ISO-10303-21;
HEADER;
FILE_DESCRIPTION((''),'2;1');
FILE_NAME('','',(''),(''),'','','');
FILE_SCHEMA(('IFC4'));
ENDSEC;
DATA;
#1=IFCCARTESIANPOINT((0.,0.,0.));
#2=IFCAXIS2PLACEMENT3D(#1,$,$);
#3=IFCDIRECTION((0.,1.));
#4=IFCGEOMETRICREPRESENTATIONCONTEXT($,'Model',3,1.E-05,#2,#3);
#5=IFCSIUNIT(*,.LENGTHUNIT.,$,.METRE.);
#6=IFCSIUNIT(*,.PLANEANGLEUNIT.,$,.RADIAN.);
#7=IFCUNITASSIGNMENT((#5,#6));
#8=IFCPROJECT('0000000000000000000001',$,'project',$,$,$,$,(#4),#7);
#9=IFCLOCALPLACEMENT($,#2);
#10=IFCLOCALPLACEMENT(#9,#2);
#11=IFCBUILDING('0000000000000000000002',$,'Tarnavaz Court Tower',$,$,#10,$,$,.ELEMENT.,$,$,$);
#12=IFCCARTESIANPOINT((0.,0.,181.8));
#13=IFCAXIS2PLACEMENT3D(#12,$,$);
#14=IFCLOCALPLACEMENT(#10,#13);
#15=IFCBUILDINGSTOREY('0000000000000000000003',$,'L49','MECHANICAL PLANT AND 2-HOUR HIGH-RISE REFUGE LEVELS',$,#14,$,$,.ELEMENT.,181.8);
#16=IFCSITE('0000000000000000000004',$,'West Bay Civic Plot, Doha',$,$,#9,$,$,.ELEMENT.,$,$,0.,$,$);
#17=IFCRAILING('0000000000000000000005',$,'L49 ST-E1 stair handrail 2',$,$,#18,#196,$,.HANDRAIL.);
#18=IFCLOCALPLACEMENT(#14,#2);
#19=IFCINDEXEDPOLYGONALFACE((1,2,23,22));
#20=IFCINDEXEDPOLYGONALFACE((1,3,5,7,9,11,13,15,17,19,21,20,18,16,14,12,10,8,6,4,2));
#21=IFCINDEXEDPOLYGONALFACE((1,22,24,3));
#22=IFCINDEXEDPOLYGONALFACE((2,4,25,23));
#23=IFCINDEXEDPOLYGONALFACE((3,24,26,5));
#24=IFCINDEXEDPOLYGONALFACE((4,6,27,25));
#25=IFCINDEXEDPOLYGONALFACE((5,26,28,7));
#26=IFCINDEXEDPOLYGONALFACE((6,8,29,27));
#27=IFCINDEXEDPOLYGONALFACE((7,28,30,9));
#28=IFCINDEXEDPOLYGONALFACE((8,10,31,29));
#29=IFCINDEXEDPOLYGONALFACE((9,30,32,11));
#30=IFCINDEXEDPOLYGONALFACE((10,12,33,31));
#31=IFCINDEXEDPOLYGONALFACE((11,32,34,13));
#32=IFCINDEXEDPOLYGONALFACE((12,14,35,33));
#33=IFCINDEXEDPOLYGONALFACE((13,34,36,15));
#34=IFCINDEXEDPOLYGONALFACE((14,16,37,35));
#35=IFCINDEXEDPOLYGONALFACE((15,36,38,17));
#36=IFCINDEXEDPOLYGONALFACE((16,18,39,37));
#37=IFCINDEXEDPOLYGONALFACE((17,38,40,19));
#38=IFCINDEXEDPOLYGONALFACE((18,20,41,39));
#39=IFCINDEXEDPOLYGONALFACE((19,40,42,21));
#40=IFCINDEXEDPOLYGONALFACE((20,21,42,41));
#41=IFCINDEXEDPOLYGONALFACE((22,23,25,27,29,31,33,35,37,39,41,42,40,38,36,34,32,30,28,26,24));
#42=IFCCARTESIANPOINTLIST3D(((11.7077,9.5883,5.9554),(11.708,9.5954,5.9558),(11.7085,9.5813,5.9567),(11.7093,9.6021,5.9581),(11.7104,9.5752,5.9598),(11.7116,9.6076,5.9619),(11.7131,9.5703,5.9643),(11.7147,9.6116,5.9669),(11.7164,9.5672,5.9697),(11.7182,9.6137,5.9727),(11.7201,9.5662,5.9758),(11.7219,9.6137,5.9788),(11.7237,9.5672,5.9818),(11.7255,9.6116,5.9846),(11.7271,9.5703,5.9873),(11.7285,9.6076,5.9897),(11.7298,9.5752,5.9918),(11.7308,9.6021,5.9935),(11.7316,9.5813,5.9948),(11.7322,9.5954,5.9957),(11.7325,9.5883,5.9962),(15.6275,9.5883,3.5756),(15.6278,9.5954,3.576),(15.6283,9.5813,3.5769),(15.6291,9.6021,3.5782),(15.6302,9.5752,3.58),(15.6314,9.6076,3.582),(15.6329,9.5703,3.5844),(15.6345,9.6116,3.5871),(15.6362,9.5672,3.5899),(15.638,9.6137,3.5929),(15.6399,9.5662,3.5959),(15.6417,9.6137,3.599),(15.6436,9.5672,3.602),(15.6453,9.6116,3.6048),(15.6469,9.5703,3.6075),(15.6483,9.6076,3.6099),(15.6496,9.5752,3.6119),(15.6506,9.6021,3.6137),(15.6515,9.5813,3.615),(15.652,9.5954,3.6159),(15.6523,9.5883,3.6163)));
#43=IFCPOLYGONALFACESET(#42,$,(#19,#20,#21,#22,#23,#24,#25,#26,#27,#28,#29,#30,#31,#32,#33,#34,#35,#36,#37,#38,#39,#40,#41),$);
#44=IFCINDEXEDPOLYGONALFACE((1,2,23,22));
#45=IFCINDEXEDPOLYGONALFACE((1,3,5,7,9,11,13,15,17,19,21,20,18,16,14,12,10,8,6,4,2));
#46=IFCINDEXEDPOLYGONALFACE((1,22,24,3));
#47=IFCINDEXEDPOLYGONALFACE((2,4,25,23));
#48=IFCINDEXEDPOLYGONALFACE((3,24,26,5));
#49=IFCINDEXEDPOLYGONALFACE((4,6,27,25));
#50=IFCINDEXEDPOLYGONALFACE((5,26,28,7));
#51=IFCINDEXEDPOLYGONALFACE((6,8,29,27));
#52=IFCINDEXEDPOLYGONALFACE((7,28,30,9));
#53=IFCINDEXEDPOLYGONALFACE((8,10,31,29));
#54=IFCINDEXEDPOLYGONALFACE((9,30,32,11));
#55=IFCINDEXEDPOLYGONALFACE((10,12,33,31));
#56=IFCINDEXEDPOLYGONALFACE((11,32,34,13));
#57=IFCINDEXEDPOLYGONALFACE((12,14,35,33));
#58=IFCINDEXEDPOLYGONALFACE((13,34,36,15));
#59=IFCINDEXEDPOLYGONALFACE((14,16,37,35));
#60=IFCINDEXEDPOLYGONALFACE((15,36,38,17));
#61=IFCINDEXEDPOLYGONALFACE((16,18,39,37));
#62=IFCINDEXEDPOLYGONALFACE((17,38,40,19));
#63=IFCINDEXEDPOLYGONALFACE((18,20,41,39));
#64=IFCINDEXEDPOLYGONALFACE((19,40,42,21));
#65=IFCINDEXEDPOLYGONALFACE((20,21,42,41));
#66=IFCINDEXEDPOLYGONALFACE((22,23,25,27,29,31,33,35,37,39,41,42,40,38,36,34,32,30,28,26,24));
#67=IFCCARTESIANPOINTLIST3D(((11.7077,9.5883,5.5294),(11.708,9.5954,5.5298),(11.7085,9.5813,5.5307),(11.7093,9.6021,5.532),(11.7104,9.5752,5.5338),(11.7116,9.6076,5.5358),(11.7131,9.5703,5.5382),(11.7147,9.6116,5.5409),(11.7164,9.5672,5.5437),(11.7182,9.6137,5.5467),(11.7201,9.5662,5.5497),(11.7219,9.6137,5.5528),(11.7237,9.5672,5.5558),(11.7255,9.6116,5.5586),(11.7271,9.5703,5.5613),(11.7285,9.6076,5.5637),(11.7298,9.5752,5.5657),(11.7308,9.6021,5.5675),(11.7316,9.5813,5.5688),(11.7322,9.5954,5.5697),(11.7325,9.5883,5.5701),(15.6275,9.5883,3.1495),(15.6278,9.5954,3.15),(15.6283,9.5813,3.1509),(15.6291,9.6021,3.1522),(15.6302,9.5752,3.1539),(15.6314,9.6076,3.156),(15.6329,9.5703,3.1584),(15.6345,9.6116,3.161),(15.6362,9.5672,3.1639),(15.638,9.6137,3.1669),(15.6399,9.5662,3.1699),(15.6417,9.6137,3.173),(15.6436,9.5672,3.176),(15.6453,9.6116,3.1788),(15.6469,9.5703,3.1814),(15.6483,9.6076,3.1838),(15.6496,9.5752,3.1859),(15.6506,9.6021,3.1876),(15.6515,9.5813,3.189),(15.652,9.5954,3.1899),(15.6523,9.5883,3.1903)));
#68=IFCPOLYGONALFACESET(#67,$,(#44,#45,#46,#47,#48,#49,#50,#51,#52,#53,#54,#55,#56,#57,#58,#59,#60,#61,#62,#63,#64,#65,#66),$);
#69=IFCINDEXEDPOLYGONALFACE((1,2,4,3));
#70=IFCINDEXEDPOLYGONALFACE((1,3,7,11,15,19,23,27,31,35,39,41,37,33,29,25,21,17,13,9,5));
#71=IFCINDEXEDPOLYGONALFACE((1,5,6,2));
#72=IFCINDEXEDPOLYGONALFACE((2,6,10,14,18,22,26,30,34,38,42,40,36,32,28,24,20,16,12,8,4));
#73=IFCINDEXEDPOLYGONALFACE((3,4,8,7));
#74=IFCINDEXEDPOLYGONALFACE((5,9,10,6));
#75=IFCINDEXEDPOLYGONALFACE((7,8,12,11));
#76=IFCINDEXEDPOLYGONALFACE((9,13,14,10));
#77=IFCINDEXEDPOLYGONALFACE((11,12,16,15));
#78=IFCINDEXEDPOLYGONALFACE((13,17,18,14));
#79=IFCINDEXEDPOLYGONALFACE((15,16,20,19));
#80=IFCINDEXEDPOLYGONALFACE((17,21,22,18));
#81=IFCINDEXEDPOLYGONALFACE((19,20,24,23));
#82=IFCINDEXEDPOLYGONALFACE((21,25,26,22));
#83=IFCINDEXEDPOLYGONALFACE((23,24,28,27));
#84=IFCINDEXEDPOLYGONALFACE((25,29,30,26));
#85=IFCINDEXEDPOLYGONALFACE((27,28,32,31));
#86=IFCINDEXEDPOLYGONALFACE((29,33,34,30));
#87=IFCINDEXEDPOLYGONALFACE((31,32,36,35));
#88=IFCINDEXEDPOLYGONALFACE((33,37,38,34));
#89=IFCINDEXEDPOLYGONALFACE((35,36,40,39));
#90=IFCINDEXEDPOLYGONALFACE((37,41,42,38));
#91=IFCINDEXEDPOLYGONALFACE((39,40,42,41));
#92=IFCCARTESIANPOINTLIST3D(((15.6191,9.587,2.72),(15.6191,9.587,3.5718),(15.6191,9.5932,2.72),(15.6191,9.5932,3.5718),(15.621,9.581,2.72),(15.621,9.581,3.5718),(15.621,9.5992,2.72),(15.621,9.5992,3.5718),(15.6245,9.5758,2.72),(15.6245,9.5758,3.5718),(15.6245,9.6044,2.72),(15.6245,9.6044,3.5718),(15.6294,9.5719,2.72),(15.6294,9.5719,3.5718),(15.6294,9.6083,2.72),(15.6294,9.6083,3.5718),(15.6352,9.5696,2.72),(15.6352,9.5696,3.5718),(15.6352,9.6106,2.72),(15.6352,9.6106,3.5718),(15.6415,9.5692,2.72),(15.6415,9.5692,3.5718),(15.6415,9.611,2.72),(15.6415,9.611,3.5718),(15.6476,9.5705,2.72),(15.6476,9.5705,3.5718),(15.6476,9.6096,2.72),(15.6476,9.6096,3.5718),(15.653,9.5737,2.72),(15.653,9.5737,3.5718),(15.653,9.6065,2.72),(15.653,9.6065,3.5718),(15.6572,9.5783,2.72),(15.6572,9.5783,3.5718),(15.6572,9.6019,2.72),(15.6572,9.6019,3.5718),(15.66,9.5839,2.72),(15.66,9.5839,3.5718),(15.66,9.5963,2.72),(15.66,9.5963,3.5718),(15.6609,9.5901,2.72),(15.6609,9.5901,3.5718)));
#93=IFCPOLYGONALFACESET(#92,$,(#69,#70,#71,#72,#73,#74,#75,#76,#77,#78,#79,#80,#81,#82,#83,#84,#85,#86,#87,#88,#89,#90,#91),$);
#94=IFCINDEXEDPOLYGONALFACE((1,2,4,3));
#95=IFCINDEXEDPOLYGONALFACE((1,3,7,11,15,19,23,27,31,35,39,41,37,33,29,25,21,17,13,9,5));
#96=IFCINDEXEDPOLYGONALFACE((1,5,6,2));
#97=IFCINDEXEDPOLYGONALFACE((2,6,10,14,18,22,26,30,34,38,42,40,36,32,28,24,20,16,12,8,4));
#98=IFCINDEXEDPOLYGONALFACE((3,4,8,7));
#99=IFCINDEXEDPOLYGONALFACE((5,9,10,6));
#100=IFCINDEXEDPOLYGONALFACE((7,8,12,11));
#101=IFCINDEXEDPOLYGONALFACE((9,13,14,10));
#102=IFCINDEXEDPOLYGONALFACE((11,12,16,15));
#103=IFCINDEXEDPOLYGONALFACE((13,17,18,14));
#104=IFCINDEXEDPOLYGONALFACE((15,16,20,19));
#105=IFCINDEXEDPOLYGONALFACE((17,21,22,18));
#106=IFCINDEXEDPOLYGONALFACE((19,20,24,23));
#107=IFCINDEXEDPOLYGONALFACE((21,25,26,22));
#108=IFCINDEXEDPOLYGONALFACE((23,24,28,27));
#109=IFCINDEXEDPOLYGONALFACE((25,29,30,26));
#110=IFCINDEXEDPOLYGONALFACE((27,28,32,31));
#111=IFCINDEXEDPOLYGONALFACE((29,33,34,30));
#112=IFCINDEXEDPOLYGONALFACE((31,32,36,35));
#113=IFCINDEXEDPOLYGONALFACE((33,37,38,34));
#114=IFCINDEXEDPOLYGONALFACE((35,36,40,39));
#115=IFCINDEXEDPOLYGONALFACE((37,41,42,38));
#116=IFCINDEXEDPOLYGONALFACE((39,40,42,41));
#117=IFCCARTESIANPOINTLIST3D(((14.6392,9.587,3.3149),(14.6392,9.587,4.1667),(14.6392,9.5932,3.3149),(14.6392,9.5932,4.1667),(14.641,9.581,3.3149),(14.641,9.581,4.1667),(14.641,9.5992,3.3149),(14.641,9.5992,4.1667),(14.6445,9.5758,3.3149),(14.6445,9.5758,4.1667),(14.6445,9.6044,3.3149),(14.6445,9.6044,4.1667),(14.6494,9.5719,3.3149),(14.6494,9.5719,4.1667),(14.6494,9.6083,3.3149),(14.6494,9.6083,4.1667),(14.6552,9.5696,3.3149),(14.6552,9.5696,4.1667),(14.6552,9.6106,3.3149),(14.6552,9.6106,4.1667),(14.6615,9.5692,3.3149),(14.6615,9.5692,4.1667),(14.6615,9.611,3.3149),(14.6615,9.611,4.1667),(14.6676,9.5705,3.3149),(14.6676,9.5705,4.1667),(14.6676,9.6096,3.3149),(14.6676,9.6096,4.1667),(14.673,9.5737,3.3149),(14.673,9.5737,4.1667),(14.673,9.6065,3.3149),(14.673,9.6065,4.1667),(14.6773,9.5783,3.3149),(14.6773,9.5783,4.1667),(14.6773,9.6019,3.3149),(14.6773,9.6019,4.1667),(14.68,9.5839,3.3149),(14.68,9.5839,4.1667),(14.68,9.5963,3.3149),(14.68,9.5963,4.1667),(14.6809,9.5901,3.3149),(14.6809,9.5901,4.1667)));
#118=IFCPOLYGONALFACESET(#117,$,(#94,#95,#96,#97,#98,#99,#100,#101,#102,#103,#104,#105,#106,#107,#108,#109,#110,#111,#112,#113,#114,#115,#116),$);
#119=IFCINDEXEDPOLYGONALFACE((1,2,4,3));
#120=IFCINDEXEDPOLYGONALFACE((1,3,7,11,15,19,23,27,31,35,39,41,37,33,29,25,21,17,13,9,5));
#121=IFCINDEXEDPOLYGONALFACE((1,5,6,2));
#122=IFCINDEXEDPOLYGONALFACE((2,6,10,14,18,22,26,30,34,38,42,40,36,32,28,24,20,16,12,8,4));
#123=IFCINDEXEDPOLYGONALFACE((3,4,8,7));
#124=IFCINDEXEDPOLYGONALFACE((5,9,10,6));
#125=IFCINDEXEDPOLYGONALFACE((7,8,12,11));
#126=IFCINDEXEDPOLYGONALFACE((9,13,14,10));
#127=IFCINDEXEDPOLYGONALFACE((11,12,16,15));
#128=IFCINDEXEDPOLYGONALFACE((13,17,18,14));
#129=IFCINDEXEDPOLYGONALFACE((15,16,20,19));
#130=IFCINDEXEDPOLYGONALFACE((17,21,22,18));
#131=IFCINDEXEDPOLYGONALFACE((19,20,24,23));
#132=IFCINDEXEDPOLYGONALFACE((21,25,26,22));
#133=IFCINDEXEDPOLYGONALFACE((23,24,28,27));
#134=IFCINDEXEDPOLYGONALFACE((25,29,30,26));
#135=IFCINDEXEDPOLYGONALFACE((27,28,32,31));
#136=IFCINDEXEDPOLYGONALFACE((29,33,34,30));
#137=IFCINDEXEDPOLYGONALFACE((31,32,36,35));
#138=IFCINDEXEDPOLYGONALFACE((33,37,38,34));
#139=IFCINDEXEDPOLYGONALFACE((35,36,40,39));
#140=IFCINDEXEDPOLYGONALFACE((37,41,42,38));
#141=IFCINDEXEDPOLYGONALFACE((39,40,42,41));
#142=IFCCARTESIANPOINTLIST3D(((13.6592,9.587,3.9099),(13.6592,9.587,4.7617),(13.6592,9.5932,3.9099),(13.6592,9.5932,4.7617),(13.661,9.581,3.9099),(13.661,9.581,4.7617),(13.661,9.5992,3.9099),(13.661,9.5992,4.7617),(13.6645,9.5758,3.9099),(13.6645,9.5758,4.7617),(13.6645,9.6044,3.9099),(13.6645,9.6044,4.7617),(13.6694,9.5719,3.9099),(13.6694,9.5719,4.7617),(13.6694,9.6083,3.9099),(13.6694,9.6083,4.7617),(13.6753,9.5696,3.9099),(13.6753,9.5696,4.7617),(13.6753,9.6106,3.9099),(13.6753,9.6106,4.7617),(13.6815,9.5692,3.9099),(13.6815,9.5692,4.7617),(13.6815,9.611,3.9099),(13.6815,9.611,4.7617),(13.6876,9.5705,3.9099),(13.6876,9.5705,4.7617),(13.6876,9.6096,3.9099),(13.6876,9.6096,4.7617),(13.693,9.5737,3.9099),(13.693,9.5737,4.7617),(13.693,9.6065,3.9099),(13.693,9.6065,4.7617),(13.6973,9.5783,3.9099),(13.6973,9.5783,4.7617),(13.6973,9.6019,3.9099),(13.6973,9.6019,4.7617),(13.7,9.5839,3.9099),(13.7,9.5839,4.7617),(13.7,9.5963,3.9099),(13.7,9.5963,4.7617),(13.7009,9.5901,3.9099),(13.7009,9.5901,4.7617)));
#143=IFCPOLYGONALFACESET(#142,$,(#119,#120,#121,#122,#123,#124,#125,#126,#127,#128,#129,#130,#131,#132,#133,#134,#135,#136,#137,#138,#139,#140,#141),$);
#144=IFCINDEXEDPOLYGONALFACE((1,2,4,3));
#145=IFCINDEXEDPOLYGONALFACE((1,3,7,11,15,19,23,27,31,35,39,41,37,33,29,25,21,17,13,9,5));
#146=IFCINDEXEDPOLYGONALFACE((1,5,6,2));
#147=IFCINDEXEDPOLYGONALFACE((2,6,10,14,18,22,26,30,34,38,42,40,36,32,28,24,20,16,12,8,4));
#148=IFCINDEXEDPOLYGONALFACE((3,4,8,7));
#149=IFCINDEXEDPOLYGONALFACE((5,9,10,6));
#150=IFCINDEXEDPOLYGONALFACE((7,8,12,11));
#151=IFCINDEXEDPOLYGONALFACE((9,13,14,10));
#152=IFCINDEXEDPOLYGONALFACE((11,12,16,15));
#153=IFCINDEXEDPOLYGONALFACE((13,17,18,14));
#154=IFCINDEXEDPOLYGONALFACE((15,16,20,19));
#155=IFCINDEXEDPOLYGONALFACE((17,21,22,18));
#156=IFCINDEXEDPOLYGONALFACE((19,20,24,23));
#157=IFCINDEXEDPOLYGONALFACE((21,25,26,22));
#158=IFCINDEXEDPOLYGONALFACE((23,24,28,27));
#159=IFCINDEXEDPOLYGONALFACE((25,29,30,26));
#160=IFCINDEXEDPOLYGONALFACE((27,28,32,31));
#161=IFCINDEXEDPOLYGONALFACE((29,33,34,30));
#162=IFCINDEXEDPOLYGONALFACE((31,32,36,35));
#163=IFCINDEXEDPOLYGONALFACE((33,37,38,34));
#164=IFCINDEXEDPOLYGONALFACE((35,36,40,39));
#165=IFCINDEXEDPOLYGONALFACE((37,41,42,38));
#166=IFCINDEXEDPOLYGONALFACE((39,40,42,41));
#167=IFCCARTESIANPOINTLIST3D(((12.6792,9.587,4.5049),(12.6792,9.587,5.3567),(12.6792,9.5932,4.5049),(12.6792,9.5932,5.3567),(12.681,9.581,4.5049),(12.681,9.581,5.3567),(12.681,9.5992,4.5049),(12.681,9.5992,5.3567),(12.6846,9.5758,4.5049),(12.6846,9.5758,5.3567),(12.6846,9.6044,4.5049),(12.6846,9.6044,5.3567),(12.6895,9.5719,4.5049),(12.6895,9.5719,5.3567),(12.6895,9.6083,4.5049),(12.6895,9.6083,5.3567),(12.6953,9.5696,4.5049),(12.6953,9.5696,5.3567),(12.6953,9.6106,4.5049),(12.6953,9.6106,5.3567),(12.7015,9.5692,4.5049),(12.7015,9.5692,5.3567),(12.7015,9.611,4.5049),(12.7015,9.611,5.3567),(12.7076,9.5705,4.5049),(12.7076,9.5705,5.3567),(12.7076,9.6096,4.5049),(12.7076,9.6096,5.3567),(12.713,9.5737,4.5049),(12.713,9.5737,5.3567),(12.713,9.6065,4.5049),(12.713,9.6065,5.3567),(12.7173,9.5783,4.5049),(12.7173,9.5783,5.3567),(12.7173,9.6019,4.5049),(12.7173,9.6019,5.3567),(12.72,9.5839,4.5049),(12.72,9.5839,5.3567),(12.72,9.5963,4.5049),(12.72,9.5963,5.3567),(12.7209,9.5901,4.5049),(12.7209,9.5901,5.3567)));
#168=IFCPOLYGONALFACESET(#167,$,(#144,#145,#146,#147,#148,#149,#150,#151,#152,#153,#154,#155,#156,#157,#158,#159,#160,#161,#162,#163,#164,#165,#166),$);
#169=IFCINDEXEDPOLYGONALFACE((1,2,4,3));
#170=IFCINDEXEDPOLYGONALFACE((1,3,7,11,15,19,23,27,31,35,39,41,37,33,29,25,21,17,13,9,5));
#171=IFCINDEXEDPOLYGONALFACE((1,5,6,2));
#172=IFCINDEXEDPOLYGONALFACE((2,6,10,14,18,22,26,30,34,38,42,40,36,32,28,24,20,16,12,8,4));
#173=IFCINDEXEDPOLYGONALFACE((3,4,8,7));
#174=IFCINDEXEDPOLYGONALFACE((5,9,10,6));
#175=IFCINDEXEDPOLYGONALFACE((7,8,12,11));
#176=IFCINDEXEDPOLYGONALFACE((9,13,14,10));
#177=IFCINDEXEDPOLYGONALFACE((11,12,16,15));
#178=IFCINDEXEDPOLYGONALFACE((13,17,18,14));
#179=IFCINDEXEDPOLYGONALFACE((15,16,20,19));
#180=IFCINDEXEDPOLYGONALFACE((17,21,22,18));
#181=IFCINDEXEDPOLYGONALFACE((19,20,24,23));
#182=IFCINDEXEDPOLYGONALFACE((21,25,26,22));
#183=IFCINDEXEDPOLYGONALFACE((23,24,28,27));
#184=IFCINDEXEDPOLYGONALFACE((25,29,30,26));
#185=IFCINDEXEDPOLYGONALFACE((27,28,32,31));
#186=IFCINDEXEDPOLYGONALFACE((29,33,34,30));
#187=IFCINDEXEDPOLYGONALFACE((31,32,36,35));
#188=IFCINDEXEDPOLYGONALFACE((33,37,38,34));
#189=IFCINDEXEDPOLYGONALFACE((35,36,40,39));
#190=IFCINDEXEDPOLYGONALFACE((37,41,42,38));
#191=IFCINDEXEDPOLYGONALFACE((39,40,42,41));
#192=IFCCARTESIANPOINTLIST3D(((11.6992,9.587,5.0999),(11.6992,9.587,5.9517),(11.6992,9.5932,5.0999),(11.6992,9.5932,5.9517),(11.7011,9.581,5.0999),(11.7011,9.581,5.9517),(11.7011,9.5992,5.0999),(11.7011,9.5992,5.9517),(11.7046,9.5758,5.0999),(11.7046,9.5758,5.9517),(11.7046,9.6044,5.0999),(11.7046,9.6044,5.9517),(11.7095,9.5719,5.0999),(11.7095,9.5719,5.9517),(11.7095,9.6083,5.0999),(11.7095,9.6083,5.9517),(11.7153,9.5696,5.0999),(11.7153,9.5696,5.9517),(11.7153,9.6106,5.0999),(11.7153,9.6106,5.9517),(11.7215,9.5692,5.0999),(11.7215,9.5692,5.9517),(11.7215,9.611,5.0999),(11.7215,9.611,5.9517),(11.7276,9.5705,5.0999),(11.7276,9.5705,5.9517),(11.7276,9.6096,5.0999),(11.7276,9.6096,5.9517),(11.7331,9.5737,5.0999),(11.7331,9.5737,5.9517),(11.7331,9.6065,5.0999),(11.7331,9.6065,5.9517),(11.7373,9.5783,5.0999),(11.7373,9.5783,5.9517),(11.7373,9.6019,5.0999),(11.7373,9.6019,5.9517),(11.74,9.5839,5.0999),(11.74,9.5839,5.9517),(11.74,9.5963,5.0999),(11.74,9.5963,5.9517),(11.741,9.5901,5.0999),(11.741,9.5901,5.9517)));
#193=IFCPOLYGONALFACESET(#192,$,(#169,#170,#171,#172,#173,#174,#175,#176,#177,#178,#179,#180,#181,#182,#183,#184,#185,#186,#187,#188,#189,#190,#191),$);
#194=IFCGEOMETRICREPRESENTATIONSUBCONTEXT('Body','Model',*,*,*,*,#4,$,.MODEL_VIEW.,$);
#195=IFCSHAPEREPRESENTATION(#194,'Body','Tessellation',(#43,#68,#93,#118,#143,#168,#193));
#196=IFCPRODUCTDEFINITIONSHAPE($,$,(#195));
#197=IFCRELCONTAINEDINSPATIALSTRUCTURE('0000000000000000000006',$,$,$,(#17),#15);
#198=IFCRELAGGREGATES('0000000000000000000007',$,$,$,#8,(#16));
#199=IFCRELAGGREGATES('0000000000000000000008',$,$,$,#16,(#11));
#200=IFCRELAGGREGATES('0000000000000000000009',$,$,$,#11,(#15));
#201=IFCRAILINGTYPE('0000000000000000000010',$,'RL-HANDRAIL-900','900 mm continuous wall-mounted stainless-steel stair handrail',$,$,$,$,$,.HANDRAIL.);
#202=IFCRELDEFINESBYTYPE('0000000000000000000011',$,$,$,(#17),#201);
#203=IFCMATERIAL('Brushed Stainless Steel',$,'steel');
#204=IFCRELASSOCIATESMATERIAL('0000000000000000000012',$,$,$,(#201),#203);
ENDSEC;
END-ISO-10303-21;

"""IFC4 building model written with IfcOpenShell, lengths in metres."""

from ifc_helpers import new_model, si_unit, direction, frame, origin, origin_2d, place, context, subcontext, project, spatial, circle, extrude, material, type_object, element, save


model = new_model("IFC4")

# Units and contexts
model_context = context("Model", 3, precision=1e-05, world=origin(), true_north=direction((0.0, 1.0)))
body_context = subcontext(model_context, "Body", "Model", "MODEL_VIEW")
ifc_project = project(units=[si_unit("LENGTHUNIT", "METRE"), si_unit("PLANEANGLEUNIT", "RADIAN")], contexts=[model_context])

# Site, building, storey
site_placement = place(None, origin())
site = spatial("IfcSite", under=ifc_project, at=site_placement, Name="West Bay Civic Plot, Doha", CompositionType="ELEMENT", RefElevation=0.0)
building_placement = place(site_placement, origin())
building = spatial("IfcBuilding", under=site, at=building_placement, Name="Tarnavaz Court Tower", CompositionType="ELEMENT")
storey_placement = place(building_placement, frame((0.0, 0.0, 181.8)))
storey = spatial("IfcBuildingStorey", under=building, at=storey_placement, Name="L49", Description="MECHANICAL PLANT AND 2-HOUR HIGH-RISE REFUGE LEVELS", CompositionType="ELEMENT", Elevation=181.8)

# Railing
ifc_material_1 = material(Name="Brushed Stainless Steel", Category="steel")
railing_type_1 = type_object("IfcRailingType", Name="RL-HANDRAIL-900", Description="900 mm continuous wall-mounted stainless-steel stair handrail", PredefinedType="HANDRAIL", material=ifc_material_1)
railing_1_placement = place(storey_placement, frame((15.6399, 9.5901, 2.72)))
element("IfcRailing", 1, at=railing_1_placement, inside=storey, type_object=railing_type_1, Name="L49 ST-E1 stair handrail 2", PredefinedType="HANDRAIL", context=body_context, shape_type="SweptSolid", body=[
    extrude(circle(Radius=0.0239, at=origin_2d()), frame((0.0, 0.0, 0.876), z_axis=(-0.854794, 0.0, 0.518967), x_axis=(0.0, -1.0, 0.0)), (0.0, 0.0, 1.0), 4.5857),
    extrude(circle(Radius=0.0239, at=origin_2d()), frame((0.0, 0.0, 0.45), z_axis=(-0.854794, 0.0, 0.518967), x_axis=(0.0, -1.0, 0.0)), (0.0, 0.0, 1.0), 4.5857),
    extrude(circle(Radius=0.021, at=origin_2d()), origin(), (0.0, 0.0, 1.0), 0.8518),
    extrude(circle(Radius=0.021, at=origin_2d()), frame((-0.98, 0.0, 0.595)), (0.0, 0.0, 1.0), 0.8518),
    extrude(circle(Radius=0.021, at=origin_2d()), frame((-1.96, 0.0, 1.1899)), (0.0, 0.0, 1.0), 0.8518),
    extrude(circle(Radius=0.021, at=origin_2d()), frame((-2.9399, 0.0, 1.7849)), (0.0, 0.0, 1.0), 0.8518),
    extrude(circle(Radius=0.021, at=origin_2d()), frame((-3.9199, 0.0, 2.3799)), (0.0, 0.0, 1.0), 0.8518),
])

save(model, "model.ifc")
